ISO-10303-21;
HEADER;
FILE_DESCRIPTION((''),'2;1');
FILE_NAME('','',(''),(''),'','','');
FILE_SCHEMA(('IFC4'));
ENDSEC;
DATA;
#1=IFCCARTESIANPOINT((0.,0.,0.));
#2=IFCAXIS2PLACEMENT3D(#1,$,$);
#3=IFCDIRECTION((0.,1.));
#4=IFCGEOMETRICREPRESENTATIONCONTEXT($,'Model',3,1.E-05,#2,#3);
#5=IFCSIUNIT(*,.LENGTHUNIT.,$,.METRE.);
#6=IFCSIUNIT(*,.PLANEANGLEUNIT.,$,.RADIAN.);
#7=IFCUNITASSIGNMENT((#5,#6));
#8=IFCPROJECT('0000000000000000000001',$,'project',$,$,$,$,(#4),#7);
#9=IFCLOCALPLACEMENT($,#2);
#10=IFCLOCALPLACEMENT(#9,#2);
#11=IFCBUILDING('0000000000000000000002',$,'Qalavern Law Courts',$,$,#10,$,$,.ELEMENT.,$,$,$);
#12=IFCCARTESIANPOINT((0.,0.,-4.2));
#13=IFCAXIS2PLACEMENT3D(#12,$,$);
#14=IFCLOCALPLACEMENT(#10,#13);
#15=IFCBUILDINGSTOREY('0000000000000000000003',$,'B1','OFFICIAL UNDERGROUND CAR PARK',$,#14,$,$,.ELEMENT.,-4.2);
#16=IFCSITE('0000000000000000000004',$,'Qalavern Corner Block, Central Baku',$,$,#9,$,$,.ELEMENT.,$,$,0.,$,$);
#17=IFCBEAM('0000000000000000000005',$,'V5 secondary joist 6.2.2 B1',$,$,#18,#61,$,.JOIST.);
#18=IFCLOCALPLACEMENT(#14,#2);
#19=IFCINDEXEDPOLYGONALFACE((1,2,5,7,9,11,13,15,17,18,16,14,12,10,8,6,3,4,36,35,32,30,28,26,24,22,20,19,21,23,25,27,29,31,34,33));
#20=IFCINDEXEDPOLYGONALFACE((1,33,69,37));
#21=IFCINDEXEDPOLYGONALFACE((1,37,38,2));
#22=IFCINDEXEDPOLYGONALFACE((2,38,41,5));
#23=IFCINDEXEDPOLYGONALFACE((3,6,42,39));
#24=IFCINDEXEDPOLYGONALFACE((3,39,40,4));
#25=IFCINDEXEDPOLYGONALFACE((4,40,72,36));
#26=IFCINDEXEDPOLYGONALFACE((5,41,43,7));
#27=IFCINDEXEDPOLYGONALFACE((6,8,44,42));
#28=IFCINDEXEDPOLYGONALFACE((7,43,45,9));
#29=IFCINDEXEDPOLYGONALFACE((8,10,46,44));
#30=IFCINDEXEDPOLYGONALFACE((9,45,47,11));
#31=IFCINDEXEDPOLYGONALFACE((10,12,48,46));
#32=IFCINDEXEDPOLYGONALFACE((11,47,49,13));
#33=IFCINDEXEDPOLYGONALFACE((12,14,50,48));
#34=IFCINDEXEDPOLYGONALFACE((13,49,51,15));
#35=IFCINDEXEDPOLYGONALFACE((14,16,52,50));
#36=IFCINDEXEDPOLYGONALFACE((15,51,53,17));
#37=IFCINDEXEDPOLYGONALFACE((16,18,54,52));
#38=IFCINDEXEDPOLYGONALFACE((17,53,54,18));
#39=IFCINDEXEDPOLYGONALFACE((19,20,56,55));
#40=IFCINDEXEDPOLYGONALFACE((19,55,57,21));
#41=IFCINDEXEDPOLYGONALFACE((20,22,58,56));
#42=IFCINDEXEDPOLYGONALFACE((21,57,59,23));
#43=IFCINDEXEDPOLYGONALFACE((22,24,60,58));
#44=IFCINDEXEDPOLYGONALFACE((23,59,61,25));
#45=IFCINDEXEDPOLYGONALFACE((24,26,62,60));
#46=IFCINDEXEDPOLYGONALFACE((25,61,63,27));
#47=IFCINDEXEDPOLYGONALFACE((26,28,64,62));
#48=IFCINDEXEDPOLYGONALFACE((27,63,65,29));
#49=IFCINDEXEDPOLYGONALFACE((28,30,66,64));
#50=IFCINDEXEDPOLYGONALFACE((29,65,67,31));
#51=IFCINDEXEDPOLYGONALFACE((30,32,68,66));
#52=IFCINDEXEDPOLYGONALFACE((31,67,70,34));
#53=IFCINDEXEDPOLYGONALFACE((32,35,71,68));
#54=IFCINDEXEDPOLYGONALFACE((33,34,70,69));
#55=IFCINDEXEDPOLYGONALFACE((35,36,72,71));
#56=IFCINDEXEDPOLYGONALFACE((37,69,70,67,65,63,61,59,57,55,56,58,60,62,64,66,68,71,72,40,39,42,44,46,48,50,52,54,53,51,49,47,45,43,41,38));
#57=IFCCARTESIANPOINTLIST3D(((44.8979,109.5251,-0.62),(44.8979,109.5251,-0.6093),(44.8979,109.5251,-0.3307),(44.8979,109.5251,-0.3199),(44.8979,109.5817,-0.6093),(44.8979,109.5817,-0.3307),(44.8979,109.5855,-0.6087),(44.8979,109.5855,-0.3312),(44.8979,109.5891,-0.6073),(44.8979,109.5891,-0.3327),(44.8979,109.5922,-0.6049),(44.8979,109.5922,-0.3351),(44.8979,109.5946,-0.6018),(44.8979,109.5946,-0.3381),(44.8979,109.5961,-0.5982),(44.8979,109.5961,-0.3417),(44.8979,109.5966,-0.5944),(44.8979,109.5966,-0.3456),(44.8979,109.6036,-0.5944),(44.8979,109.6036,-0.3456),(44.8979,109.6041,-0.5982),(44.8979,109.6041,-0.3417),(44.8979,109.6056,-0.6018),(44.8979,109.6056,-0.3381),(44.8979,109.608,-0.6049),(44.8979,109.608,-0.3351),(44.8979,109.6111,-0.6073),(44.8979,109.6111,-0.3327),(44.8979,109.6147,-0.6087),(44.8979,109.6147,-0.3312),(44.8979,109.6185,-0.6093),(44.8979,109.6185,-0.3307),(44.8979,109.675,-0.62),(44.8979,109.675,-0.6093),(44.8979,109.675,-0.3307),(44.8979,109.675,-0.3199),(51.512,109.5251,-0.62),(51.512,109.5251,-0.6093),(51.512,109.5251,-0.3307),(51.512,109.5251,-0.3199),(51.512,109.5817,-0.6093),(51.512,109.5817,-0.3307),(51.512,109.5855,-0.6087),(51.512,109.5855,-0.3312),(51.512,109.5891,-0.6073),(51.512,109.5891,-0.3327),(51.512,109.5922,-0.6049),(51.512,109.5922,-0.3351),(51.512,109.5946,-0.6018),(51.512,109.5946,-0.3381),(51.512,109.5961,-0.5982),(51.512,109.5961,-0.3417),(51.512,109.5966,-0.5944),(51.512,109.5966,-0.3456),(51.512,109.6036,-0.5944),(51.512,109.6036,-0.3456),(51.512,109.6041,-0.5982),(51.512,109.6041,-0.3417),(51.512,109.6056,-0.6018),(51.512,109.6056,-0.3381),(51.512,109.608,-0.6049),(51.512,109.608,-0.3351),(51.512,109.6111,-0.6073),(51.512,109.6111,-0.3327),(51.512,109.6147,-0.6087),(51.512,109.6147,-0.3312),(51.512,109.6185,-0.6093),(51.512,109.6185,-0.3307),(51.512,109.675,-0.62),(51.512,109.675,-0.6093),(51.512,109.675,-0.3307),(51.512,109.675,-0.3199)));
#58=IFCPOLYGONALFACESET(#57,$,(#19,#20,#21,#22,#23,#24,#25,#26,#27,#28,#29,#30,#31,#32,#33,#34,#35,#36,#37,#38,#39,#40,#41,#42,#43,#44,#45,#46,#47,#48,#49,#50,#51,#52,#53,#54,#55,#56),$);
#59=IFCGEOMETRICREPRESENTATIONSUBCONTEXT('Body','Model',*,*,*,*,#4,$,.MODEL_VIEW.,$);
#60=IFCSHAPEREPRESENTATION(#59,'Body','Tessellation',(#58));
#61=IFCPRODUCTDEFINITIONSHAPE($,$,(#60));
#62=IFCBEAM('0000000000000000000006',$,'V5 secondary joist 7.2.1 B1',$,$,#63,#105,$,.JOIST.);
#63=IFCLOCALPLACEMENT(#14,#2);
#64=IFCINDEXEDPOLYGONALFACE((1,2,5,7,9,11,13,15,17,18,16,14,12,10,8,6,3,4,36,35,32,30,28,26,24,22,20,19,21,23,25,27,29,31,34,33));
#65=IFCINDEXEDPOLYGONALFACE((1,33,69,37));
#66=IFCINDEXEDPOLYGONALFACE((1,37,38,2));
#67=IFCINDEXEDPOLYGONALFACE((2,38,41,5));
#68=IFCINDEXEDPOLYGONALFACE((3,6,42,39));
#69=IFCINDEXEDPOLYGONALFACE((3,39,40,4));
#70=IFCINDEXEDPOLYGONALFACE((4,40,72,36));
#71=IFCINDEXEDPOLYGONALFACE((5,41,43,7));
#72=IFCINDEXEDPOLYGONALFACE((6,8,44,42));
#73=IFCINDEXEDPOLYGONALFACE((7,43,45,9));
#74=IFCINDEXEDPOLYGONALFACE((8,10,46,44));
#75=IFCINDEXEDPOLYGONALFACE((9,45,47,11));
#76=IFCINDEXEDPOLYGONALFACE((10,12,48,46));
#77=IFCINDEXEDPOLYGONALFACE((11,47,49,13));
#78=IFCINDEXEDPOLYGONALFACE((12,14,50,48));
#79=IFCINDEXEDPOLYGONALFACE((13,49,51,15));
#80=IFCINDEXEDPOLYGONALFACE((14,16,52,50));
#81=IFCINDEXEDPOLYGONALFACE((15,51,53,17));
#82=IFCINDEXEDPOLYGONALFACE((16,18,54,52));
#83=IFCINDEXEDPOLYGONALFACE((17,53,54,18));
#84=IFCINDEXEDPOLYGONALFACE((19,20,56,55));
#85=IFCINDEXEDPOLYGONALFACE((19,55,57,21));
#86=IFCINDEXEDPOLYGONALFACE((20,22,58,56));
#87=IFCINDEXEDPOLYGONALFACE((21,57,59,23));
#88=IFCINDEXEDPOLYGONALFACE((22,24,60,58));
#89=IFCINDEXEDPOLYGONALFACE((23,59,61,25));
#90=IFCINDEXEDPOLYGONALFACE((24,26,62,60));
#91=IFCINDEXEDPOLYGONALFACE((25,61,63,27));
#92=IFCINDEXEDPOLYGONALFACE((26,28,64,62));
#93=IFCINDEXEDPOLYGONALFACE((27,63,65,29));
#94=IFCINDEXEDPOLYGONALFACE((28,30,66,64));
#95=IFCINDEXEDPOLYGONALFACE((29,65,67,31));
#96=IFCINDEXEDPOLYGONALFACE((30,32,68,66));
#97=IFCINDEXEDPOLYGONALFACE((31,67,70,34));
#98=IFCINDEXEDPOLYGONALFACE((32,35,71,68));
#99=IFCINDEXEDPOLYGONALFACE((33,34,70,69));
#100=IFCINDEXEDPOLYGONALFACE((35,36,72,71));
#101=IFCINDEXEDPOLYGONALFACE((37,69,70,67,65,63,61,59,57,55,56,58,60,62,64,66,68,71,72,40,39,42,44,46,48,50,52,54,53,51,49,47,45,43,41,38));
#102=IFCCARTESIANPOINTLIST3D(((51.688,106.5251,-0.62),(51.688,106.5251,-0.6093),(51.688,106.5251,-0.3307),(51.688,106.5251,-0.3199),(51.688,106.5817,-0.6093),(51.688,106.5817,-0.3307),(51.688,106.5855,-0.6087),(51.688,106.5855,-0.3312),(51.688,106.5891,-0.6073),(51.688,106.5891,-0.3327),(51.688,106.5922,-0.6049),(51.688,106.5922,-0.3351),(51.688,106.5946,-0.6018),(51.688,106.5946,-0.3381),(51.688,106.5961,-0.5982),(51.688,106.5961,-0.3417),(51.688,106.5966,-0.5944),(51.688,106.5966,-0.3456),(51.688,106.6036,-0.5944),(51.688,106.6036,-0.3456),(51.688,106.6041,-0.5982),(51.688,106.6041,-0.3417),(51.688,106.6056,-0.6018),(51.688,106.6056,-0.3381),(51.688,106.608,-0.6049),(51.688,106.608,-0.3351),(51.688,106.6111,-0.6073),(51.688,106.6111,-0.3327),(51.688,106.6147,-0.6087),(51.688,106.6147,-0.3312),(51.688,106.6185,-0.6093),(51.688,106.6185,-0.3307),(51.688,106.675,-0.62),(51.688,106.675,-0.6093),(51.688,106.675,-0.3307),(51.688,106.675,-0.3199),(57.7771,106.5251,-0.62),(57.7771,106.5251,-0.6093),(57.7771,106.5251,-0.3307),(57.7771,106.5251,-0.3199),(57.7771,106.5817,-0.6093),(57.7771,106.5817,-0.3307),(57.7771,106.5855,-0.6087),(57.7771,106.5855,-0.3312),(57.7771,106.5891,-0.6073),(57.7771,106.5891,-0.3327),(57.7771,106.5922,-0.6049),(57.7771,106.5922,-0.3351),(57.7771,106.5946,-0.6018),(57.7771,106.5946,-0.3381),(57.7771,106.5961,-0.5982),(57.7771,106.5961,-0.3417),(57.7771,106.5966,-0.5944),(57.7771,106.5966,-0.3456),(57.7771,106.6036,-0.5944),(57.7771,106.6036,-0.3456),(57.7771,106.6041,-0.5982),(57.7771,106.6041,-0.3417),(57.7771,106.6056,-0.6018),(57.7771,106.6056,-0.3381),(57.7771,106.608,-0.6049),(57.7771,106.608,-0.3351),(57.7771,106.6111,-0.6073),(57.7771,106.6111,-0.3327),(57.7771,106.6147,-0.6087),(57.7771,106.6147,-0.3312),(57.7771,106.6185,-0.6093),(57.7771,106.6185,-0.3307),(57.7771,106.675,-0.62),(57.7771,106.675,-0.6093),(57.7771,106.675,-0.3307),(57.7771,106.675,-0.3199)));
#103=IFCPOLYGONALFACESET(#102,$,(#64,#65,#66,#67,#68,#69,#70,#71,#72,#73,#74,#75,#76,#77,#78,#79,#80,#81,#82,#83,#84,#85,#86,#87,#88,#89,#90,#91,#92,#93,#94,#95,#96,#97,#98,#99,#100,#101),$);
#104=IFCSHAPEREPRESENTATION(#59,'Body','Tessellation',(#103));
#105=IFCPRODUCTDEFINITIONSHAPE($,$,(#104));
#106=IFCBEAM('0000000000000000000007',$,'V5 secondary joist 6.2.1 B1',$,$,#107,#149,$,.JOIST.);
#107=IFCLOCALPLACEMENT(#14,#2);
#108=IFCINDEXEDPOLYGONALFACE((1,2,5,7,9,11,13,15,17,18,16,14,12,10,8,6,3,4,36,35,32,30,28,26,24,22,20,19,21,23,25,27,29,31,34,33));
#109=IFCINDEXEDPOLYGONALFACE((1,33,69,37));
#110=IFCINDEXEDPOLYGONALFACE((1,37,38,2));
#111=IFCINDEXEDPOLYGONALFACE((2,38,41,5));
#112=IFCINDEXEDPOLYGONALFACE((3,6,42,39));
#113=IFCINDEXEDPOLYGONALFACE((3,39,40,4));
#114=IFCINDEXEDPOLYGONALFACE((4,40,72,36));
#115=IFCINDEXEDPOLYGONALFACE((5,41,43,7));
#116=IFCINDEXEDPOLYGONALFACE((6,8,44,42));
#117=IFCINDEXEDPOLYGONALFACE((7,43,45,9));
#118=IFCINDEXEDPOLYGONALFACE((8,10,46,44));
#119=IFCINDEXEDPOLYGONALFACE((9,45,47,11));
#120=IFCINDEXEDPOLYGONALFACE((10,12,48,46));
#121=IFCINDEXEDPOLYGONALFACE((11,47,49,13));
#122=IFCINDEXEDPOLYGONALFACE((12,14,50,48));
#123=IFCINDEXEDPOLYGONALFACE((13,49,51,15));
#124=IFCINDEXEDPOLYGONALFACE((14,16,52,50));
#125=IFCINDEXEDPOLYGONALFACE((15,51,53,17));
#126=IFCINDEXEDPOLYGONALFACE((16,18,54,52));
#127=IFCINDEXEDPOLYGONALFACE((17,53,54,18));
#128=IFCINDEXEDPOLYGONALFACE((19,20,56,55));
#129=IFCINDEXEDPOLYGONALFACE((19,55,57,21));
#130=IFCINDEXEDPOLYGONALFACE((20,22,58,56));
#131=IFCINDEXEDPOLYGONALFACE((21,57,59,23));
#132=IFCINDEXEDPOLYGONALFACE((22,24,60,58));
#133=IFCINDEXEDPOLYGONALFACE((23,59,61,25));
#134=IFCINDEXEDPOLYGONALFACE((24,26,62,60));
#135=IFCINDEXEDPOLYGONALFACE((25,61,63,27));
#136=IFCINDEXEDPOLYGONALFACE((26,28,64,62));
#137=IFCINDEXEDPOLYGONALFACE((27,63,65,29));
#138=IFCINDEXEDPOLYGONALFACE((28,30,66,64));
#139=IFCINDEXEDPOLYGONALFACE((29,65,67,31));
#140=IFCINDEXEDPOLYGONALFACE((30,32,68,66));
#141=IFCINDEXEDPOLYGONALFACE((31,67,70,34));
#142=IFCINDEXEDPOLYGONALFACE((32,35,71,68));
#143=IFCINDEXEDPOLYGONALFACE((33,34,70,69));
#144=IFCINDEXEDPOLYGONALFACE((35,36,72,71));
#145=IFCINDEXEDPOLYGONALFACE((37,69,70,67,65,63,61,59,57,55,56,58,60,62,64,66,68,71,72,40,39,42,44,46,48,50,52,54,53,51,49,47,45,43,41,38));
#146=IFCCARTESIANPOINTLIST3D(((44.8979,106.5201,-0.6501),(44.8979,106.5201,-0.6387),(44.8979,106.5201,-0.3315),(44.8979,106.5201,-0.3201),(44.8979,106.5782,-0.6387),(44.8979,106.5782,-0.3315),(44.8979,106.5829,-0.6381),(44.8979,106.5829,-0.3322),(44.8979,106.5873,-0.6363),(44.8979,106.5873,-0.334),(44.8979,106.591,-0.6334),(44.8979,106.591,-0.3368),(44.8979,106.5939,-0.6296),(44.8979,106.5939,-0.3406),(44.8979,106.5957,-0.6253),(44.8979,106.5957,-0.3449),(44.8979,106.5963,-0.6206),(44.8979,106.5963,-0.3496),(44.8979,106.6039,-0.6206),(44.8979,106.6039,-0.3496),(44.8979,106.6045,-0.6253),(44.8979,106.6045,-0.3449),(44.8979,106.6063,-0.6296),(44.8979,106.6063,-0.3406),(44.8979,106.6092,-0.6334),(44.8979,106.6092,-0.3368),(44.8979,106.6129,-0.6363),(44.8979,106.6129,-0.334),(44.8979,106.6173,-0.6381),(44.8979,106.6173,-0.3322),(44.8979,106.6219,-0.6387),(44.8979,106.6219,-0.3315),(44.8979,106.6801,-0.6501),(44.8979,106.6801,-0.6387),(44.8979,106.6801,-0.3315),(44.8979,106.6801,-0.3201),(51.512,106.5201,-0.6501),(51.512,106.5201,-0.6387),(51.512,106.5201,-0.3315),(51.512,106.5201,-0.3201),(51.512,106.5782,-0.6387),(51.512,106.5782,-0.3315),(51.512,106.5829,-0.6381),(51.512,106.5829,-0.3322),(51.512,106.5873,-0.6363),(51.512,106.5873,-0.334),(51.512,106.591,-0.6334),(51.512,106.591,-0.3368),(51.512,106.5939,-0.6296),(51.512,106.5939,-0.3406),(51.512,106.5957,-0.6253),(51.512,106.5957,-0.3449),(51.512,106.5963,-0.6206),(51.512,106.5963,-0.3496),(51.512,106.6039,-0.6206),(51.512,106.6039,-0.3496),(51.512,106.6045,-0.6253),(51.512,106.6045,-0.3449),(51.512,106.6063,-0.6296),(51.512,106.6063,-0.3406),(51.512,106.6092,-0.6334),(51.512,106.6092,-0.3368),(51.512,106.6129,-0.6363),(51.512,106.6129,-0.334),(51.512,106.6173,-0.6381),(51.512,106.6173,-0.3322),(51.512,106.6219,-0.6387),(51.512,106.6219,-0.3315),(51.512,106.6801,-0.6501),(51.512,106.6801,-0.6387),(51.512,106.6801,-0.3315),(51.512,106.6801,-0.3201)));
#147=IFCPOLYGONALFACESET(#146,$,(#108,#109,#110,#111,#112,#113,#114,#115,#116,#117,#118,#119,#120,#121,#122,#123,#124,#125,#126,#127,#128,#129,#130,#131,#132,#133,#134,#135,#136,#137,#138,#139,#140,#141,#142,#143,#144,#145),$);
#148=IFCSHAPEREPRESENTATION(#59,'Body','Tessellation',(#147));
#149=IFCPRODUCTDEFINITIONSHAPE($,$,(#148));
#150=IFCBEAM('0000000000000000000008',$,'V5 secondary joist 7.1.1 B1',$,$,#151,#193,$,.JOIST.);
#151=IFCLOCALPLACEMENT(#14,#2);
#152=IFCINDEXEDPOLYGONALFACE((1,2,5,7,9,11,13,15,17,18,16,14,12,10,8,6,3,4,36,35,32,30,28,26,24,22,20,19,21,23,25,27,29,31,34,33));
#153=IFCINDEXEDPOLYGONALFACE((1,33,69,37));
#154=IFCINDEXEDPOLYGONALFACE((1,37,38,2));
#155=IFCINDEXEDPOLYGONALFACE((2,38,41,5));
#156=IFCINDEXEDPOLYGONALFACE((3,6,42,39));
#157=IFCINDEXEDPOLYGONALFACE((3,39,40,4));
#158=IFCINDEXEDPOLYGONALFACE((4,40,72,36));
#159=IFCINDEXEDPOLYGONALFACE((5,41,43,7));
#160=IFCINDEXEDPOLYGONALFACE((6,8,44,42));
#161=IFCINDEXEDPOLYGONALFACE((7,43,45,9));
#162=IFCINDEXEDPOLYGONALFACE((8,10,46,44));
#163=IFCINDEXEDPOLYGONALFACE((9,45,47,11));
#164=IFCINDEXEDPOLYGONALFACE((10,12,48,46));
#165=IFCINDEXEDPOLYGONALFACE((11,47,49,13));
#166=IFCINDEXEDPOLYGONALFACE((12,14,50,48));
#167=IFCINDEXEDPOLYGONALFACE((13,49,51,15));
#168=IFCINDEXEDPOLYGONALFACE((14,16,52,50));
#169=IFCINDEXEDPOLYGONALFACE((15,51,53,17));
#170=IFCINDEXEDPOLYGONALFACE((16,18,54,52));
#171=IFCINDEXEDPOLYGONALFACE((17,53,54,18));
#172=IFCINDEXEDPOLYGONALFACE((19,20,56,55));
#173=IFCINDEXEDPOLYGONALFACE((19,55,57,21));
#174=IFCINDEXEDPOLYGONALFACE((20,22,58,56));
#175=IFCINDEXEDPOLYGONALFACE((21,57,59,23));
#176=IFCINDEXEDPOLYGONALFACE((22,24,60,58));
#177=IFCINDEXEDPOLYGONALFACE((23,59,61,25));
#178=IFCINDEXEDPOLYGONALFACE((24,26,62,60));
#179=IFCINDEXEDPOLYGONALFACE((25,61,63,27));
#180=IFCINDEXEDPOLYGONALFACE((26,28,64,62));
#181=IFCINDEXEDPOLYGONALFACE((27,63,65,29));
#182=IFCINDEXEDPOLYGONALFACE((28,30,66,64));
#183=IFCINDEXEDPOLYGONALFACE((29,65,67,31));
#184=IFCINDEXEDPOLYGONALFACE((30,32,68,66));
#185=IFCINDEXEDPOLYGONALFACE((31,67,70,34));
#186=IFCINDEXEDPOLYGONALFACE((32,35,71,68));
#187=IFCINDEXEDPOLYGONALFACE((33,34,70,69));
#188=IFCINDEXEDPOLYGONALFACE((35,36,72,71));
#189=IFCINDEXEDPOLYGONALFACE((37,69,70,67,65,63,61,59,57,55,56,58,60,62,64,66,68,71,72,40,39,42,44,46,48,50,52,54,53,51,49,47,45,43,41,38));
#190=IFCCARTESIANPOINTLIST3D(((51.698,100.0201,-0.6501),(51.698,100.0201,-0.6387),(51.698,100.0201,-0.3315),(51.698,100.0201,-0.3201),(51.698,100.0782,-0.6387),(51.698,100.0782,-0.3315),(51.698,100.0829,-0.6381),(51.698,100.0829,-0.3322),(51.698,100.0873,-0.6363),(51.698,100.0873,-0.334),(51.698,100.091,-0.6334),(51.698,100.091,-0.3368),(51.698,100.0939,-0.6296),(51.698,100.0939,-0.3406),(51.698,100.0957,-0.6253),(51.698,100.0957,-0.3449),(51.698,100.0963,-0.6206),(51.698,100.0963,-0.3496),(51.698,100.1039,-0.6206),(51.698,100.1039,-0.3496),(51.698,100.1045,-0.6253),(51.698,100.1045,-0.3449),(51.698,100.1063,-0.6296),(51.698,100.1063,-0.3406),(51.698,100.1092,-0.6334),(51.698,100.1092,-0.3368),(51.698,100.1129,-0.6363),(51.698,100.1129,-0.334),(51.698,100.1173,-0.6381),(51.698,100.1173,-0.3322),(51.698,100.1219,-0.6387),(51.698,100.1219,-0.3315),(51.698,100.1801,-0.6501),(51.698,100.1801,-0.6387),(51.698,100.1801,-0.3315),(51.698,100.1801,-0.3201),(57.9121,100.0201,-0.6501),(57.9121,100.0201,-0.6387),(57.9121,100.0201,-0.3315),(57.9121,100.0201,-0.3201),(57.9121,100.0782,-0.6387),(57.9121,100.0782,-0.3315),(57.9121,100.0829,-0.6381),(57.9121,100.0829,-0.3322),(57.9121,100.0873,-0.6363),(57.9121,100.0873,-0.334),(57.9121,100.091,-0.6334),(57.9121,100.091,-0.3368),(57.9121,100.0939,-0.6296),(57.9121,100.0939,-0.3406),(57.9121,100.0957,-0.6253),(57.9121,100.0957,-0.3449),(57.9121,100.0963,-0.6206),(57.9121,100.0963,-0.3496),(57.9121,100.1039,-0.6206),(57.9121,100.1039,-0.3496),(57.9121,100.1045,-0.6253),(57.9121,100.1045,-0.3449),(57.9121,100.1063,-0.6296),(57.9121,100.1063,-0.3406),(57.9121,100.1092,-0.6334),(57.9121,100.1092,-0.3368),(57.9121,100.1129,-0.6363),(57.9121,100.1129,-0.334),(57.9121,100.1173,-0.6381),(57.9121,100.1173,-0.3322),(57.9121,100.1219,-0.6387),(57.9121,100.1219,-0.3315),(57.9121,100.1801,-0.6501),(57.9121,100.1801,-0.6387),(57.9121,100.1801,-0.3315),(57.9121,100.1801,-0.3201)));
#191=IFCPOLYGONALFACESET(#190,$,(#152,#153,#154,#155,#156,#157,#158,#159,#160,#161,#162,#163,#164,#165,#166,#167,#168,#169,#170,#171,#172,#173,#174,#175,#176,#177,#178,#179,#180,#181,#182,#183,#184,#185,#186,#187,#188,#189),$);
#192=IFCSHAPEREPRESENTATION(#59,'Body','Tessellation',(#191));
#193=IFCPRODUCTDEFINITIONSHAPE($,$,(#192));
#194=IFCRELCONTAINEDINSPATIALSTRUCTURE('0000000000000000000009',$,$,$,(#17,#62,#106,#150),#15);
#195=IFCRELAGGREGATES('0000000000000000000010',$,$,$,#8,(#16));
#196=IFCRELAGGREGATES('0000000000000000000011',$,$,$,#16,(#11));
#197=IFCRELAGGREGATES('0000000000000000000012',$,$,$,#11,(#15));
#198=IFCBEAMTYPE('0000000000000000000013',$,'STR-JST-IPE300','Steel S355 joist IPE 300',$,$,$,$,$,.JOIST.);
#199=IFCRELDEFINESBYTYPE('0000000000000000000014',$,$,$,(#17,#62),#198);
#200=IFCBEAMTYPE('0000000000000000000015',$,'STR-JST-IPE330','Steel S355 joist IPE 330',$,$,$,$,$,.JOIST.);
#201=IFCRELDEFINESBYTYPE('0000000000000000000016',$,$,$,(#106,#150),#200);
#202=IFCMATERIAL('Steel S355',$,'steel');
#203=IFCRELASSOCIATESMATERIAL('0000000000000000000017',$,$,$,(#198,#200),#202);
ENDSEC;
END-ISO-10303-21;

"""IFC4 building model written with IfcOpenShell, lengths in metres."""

from ifc_helpers import new_model, si_unit, direction, frame, origin, origin_2d, place, context, subcontext, project, spatial, i_section, extrude, material, material_profile, profile_set, type_object, element, save


model = new_model("IFC4")

# Units and contexts
model_context = context("Model", 3, precision=1e-05, world=origin(), true_north=direction((0.0, 1.0)))
body_context = subcontext(model_context, "Body", "Model", "MODEL_VIEW")
ifc_project = project(units=[si_unit("LENGTHUNIT", "METRE"), si_unit("PLANEANGLEUNIT", "RADIAN")], contexts=[model_context])

# Site, building, storey
site_placement = place(None, origin())
site = spatial("IfcSite", under=ifc_project, at=site_placement, Name="Qalavern Corner Block, Central Baku", CompositionType="ELEMENT", RefElevation=0.0)
building_placement = place(site_placement, origin())
building = spatial("IfcBuilding", under=site, at=building_placement, Name="Qalavern Law Courts", CompositionType="ELEMENT")
storey_placement = place(building_placement, frame((0.0, 0.0, -4.2)))
storey = spatial("IfcBuildingStorey", under=building, at=storey_placement, Name="B1", Description="OFFICIAL UNDERGROUND CAR PARK", CompositionType="ELEMENT", Elevation=-4.2)

# Beams
ifc_material_1 = material(Name="Steel S355", Category="steel")
ifc_material_profile_1 = material_profile(ifc_material_1, i_section(OverallWidth=0.1499, OverallDepth=0.3, WebThickness=0.0071, FlangeThickness=0.0107, FilletRadius=0.0149, at=origin_2d()), Name="IPE 300")
ifc_profile_set_1 = profile_set([ifc_material_profile_1], Name="Steel S355")
beam_type_1 = type_object("IfcBeamType", Name="STR-JST-IPE300", Description="Steel S355 joist IPE 300", PredefinedType="JOIST", material=ifc_profile_set_1)
beam_1_placement = place(storey_placement, frame((44.8979, 109.6001, -0.47), z_axis=(1.0, 0.0, 0.0), x_axis=(0.0, 1.0, 0.0)))
element("IfcBeam", 1, at=beam_1_placement, inside=storey, type_object=beam_type_1, Name="V5 secondary joist 6.2.2 B1", PredefinedType="JOIST", context=body_context, shape_type="SweptSolid", body=[
    extrude(i_section(OverallWidth=0.1499, OverallDepth=0.3, WebThickness=0.0071, FlangeThickness=0.0107, FilletRadius=0.0149, at=origin_2d()), origin(), (0.0, 0.0, 1.0), 6.614),
])
beam_2_placement = place(storey_placement, frame((51.688, 106.6001, -0.47), z_axis=(1.0, 0.0, 0.0), x_axis=(0.0, 1.0, 0.0)))
element("IfcBeam", 2, at=beam_2_placement, inside=storey, type_object=beam_type_1, Name="V5 secondary joist 7.2.1 B1", PredefinedType="JOIST", context=body_context, shape_type="SweptSolid", body=[
    extrude(i_section(OverallWidth=0.1499, OverallDepth=0.3, WebThickness=0.0071, FlangeThickness=0.0107, FilletRadius=0.0149, at=origin_2d()), origin(), (0.0, 0.0, 1.0), 6.0891),
])
ifc_material_profile_2 = material_profile(ifc_material_1, i_section(OverallWidth=0.1599, OverallDepth=0.3301, WebThickness=0.0076, FlangeThickness=0.0115, FilletRadius=0.0181, at=origin_2d()), Name="IPE 330")
ifc_profile_set_2 = profile_set([ifc_material_profile_2], Name="Steel S355")
beam_type_2 = type_object("IfcBeamType", Name="STR-JST-IPE330", Description="Steel S355 joist IPE 330", PredefinedType="JOIST", material=ifc_profile_set_2)
beam_3_placement = place(storey_placement, frame((44.8979, 106.6001, -0.4851), z_axis=(1.0, 0.0, 0.0), x_axis=(0.0, 1.0, 0.0)))
element("IfcBeam", 3, at=beam_3_placement, inside=storey, type_object=beam_type_2, Name="V5 secondary joist 6.2.1 B1", PredefinedType="JOIST", context=body_context, shape_type="SweptSolid", body=[
    extrude(i_section(OverallWidth=0.1599, OverallDepth=0.3301, WebThickness=0.0076, FlangeThickness=0.0115, FilletRadius=0.0181, at=origin_2d()), origin(), (0.0, 0.0, 1.0), 6.614),
])
beam_4_placement = place(storey_placement, frame((51.698, 100.1001, -0.4851), z_axis=(1.0, 0.0, 0.0), x_axis=(0.0, 1.0, 0.0)))
element("IfcBeam", 4, at=beam_4_placement, inside=storey, type_object=beam_type_2, Name="V5 secondary joist 7.1.1 B1", PredefinedType="JOIST", context=body_context, shape_type="SweptSolid", body=[
    extrude(i_section(OverallWidth=0.1599, OverallDepth=0.3301, WebThickness=0.0076, FlangeThickness=0.0115, FilletRadius=0.0181, at=origin_2d()), origin(), (0.0, 0.0, 1.0), 6.2141),
])

save(model, "model.ifc")
